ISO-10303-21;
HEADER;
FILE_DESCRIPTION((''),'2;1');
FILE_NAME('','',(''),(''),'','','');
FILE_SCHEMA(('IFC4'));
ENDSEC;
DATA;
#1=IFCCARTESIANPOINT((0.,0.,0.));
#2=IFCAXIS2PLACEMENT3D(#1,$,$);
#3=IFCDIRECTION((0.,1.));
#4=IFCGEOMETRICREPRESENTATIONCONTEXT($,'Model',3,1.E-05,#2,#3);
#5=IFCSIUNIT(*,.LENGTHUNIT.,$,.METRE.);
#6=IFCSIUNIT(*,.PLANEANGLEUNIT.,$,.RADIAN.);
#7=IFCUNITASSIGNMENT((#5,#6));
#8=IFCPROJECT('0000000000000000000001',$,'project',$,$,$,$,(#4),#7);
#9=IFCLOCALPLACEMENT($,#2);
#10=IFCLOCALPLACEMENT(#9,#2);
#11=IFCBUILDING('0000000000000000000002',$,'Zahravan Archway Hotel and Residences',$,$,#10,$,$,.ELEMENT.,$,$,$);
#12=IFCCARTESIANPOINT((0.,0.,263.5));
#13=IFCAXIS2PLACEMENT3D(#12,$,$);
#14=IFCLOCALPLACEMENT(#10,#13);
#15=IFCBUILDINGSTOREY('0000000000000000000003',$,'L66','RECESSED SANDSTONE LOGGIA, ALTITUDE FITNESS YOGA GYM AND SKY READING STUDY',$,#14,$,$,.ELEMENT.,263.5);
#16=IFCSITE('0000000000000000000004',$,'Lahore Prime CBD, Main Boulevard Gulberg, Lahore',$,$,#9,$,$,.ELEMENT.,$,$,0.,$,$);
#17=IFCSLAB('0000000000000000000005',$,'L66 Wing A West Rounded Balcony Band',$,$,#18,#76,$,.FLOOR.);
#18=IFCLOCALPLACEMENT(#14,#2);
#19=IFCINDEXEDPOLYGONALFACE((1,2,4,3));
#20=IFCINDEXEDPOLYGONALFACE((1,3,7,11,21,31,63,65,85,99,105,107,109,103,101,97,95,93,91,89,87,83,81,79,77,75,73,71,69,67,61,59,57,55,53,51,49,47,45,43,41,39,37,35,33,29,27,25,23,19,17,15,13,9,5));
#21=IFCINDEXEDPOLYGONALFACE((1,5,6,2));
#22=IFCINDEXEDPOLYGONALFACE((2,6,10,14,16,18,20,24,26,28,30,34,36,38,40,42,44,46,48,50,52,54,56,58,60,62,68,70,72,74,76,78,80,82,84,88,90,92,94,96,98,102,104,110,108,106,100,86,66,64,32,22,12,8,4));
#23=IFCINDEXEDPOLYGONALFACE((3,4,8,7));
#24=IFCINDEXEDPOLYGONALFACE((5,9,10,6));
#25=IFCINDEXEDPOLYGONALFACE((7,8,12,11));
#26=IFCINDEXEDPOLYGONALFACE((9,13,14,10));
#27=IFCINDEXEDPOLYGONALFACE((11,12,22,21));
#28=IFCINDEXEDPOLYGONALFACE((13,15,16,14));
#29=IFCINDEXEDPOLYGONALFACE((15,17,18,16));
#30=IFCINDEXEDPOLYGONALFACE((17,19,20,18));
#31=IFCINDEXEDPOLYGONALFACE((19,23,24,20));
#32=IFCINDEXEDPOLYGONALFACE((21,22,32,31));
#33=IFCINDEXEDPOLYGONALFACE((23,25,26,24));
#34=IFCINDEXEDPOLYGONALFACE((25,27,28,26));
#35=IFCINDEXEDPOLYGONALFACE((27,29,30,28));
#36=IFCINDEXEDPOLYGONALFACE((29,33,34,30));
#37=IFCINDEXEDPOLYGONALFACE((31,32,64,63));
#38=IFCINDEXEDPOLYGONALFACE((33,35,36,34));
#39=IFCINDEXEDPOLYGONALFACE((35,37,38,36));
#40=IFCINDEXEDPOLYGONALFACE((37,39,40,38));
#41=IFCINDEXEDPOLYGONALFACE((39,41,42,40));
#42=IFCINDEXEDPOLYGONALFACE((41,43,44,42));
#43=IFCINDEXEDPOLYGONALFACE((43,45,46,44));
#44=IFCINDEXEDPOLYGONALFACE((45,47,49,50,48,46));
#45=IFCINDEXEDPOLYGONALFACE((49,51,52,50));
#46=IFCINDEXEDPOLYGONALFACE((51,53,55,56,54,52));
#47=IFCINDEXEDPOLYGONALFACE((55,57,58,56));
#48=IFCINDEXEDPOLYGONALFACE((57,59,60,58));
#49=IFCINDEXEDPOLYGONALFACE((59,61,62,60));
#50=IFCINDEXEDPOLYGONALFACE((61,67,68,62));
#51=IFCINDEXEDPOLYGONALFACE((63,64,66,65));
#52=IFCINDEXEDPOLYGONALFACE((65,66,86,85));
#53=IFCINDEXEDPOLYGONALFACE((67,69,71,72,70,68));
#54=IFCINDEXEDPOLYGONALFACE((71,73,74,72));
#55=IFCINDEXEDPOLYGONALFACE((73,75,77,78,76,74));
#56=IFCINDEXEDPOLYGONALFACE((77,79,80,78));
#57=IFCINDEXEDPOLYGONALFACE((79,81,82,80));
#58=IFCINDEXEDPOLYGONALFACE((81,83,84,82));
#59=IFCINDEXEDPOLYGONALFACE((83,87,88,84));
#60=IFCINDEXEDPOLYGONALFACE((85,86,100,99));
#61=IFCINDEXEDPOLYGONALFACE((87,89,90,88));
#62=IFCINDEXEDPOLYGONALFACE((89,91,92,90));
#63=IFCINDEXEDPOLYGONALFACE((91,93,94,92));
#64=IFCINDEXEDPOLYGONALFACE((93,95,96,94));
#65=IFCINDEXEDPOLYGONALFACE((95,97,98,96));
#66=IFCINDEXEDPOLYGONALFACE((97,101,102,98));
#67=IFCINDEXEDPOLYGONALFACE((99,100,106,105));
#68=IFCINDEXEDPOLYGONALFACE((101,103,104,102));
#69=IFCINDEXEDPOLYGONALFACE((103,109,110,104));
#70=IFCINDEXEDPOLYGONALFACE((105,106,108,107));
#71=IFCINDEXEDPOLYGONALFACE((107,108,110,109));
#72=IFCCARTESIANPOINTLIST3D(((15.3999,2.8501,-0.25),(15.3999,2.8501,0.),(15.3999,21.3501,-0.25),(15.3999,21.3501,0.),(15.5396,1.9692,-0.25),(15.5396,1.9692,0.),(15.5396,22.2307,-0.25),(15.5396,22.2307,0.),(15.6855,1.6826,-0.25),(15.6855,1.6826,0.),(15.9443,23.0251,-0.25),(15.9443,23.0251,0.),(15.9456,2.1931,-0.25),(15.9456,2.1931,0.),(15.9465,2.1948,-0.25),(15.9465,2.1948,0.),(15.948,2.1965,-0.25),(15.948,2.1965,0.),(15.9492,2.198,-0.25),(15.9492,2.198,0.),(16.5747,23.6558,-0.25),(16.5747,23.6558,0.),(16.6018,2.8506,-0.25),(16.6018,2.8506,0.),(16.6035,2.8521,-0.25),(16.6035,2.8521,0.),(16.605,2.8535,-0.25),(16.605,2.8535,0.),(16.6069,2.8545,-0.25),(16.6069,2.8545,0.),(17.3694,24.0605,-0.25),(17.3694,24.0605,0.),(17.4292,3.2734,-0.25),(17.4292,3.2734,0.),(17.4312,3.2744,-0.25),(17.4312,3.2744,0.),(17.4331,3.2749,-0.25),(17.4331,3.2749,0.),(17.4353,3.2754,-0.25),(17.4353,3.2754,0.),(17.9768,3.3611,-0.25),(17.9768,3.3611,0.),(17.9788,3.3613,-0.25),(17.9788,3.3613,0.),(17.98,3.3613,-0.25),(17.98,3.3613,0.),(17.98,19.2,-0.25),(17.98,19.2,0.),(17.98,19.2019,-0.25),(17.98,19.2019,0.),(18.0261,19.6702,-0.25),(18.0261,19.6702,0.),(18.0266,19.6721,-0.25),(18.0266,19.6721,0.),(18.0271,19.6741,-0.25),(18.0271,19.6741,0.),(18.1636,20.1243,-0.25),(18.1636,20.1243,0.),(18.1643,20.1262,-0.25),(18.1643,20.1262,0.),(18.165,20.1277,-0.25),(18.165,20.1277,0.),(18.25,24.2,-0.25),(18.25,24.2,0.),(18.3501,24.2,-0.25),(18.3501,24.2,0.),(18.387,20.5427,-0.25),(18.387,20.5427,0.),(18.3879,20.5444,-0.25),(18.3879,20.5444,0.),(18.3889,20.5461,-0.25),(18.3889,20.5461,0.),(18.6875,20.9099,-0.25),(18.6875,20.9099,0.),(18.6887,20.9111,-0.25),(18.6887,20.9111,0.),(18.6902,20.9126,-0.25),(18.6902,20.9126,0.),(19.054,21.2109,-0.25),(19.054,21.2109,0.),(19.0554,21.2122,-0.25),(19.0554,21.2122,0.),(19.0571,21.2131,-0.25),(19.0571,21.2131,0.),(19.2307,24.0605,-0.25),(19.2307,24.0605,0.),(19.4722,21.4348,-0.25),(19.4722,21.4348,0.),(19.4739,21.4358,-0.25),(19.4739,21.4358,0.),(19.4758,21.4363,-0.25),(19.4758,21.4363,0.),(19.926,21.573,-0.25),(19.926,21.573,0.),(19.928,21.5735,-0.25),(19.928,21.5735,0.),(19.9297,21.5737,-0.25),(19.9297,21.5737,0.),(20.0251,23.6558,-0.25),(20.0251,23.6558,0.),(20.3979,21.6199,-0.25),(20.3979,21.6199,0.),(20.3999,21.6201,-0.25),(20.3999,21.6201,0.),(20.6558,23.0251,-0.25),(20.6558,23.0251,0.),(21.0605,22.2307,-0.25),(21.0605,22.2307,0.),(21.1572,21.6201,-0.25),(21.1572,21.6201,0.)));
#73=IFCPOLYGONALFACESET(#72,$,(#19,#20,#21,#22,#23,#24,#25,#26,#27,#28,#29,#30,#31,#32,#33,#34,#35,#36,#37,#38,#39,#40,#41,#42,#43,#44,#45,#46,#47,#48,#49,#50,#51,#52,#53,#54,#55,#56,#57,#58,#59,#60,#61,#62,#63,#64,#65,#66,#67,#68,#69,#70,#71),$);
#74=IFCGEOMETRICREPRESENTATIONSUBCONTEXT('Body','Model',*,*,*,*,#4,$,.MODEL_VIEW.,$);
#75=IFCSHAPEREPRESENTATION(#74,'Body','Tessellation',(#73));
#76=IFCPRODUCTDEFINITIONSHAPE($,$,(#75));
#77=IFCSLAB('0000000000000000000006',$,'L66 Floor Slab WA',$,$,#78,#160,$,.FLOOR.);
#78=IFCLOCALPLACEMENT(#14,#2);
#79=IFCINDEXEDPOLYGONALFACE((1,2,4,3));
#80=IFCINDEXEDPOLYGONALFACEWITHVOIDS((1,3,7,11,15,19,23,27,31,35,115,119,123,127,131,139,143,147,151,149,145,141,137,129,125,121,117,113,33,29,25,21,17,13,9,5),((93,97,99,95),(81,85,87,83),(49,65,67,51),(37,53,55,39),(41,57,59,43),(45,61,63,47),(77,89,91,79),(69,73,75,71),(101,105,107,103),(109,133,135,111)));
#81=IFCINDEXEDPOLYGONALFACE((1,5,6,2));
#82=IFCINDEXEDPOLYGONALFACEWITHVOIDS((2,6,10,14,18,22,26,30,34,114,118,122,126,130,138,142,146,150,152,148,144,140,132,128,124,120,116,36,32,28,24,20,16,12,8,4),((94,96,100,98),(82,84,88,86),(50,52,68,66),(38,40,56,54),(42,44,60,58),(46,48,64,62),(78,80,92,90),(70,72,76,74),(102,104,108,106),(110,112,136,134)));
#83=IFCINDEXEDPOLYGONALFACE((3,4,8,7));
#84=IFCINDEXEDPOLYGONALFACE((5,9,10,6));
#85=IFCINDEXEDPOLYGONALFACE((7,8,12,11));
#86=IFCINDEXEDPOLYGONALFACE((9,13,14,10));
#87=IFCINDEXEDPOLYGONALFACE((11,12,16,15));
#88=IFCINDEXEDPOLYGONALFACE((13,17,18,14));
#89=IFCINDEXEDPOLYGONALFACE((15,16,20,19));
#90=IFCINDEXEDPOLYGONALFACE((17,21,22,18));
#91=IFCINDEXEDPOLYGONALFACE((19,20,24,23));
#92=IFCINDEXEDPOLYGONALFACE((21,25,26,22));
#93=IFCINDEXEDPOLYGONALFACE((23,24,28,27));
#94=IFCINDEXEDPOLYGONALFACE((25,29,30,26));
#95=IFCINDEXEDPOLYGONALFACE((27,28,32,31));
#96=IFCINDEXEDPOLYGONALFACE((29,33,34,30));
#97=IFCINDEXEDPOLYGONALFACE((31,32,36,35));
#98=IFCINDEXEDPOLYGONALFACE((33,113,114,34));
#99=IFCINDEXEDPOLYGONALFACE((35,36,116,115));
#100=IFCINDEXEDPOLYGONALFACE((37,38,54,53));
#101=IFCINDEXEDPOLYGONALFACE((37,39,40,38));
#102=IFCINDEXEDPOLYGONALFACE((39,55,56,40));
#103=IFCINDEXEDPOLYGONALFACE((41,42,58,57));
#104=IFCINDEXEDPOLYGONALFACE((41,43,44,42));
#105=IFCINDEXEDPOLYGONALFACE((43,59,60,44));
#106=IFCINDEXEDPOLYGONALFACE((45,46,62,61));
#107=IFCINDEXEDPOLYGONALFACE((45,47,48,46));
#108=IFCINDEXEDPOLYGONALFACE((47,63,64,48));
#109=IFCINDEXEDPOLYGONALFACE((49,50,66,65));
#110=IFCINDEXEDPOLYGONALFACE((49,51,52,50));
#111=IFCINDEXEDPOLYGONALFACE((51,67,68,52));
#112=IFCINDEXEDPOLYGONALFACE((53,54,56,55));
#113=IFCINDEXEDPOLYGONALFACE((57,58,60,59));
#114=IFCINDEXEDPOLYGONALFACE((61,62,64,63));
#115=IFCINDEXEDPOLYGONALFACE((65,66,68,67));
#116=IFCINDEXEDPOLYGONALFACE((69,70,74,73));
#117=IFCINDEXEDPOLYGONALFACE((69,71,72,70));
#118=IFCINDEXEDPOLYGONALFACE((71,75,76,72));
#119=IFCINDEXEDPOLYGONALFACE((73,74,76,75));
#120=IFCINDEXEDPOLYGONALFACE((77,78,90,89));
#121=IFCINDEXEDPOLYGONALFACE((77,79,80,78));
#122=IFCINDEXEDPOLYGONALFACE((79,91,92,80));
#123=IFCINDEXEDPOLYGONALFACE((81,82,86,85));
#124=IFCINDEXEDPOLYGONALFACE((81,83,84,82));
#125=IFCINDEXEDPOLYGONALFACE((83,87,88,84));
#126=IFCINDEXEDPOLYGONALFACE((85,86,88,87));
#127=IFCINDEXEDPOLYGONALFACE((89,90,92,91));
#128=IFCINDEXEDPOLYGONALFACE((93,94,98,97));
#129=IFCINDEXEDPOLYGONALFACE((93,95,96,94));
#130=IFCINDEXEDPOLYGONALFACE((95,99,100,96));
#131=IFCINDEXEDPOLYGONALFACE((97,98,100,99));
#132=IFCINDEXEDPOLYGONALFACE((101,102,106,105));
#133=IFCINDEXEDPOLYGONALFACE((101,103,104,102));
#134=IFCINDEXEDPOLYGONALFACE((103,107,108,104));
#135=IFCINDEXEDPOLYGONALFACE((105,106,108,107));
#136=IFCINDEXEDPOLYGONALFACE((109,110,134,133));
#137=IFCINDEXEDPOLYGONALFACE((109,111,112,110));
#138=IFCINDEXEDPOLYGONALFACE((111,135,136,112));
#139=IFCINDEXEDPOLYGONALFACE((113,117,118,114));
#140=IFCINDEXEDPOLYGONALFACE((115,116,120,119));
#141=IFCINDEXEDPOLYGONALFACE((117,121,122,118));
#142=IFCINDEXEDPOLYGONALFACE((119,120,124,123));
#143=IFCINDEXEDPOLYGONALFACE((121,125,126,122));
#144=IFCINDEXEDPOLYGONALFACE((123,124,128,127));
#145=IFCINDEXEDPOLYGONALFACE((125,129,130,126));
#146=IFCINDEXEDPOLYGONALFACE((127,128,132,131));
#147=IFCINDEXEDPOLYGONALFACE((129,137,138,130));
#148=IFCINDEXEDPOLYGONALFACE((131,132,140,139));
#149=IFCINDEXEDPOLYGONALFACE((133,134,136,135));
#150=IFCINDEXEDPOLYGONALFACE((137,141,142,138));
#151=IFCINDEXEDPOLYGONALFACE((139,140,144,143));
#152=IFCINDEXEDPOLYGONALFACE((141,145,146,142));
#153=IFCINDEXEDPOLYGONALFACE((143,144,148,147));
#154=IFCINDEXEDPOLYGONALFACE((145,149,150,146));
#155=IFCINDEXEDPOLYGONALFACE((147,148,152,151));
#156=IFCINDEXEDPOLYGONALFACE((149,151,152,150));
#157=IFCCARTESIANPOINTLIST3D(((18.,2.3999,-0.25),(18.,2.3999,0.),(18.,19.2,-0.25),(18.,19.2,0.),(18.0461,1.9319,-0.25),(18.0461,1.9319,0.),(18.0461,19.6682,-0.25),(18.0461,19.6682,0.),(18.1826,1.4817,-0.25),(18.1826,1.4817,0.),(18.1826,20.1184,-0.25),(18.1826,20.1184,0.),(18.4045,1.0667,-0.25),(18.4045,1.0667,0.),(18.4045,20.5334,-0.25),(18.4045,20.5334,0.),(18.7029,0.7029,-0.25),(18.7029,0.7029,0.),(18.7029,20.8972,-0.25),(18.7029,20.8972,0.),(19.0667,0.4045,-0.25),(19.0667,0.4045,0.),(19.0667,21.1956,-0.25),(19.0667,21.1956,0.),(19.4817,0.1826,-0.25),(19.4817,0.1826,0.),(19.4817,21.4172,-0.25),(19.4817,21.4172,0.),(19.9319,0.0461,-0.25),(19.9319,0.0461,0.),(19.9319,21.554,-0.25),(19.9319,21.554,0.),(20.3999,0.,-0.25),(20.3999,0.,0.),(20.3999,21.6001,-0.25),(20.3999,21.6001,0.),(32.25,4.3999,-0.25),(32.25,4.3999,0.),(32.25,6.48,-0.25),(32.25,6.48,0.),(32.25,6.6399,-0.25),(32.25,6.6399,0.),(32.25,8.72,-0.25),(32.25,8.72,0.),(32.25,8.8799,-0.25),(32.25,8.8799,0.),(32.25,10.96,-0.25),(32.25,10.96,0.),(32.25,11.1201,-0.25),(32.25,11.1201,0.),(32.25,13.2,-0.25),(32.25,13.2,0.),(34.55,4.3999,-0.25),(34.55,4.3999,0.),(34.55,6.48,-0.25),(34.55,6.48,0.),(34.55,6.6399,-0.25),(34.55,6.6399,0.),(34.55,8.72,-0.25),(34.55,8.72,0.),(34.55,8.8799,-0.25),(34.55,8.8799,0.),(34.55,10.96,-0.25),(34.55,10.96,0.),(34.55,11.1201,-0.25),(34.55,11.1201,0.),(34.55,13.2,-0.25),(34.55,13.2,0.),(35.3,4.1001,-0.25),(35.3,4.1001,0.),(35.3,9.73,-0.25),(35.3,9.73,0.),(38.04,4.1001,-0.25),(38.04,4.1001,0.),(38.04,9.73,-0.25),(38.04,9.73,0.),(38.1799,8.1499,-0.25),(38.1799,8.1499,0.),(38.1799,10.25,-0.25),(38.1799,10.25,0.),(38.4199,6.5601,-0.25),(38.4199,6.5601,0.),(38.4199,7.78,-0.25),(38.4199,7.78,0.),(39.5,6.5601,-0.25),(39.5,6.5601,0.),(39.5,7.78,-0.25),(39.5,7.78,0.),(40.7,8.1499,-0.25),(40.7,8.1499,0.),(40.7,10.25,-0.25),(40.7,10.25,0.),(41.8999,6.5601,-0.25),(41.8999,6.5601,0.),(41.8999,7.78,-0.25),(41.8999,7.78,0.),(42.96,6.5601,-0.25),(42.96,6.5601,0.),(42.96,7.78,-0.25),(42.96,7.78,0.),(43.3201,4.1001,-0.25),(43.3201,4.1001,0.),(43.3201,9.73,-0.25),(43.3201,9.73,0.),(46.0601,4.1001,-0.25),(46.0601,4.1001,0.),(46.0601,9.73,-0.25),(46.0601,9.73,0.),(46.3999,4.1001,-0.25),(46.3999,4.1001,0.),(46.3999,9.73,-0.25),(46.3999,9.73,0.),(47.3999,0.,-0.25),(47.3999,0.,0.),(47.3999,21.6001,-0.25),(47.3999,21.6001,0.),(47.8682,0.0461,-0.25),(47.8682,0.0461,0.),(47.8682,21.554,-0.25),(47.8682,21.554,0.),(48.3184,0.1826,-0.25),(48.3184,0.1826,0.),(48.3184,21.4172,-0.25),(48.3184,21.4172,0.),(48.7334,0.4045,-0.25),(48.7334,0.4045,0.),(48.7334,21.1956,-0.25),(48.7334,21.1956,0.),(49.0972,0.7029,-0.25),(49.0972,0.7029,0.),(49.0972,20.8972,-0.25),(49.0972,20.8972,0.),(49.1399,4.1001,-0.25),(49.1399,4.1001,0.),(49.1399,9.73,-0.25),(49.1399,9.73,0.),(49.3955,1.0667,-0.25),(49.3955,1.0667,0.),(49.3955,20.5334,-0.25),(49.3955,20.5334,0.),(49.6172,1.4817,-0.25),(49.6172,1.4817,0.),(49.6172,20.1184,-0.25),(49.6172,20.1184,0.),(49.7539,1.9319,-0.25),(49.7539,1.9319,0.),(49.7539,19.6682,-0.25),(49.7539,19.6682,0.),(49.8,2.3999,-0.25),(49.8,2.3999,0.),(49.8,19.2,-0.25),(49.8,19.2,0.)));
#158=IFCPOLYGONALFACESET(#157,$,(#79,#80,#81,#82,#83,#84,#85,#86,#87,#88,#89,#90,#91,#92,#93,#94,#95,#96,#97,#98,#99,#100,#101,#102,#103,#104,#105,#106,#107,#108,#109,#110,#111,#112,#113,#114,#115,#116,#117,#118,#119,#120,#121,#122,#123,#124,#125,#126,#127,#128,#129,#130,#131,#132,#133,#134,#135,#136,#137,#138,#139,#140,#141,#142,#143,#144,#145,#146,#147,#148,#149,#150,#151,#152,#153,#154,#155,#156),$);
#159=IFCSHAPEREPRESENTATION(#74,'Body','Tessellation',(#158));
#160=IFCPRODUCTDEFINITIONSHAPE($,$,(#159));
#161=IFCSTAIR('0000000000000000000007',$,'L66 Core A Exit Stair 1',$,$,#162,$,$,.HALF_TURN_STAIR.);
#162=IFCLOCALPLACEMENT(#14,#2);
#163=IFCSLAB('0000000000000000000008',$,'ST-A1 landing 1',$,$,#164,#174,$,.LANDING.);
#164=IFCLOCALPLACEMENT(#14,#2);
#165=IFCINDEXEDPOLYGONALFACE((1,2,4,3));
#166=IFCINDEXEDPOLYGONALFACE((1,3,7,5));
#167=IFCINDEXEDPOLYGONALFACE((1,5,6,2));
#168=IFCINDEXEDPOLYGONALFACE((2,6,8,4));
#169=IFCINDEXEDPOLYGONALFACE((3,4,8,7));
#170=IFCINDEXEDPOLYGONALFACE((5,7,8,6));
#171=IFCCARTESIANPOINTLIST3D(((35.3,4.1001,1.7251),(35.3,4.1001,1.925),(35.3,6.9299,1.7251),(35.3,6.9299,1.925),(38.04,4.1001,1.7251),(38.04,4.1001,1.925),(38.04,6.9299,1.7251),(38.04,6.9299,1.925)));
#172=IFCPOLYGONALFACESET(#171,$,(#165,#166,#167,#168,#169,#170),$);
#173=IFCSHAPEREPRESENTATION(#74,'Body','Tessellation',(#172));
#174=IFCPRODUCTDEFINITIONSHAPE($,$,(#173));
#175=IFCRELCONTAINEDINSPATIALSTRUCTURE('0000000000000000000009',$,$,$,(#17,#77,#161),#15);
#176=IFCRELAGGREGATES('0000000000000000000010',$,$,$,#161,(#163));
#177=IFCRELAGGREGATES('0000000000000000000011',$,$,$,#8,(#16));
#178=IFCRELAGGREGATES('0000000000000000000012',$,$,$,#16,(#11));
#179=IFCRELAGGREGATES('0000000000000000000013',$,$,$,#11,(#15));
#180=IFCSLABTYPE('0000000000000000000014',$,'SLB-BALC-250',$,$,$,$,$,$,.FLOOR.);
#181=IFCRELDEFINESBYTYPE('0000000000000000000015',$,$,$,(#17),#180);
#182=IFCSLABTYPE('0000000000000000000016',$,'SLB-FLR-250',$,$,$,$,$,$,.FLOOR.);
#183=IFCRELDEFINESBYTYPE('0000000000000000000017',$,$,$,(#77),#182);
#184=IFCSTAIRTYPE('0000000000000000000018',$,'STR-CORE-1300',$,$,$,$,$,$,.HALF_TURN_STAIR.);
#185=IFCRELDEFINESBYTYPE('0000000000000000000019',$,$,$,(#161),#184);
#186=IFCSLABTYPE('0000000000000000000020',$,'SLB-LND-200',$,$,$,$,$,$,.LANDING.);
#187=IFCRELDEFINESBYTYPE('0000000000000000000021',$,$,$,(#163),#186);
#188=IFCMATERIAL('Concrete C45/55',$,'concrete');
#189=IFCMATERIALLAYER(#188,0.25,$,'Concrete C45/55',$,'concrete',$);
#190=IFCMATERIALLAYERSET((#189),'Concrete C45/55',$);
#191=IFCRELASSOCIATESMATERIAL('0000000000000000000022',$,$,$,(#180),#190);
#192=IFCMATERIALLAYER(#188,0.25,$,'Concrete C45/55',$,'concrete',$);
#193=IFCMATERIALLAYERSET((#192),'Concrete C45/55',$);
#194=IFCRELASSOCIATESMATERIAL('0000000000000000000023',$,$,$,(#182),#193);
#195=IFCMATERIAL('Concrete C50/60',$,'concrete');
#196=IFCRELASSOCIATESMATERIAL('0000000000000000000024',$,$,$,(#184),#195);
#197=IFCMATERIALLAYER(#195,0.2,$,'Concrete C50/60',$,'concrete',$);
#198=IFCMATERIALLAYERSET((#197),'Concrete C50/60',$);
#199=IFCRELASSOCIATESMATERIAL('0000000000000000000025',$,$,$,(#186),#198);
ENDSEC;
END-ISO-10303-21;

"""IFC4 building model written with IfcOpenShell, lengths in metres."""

from ifc_helpers import new_model, si_unit, direction, frame, origin, place, context, subcontext, project, spatial, polyline, outline, extrude, material, layer, layer_set, type_object, element, aggregate, save


model = new_model("IFC4")

# Units and contexts
model_context = context("Model", 3, precision=1e-05, world=origin(), true_north=direction((0.0, 1.0)))
body_context = subcontext(model_context, "Body", "Model", "MODEL_VIEW")
ifc_project = project(units=[si_unit("LENGTHUNIT", "METRE"), si_unit("PLANEANGLEUNIT", "RADIAN")], contexts=[model_context])

# Site, building, storey
site_placement = place(None, origin())
site = spatial("IfcSite", under=ifc_project, at=site_placement, Name="Lahore Prime CBD, Main Boulevard Gulberg, Lahore", CompositionType="ELEMENT", RefElevation=0.0)
building_placement = place(site_placement, origin())
building = spatial("IfcBuilding", under=site, at=building_placement, Name="Zahravan Archway Hotel and Residences", CompositionType="ELEMENT")
storey_placement = place(building_placement, frame((0.0, 0.0, 263.5)))
storey = spatial("IfcBuildingStorey", under=building, at=storey_placement, Name="L66", Description="RECESSED SANDSTONE LOGGIA, ALTITUDE FITNESS YOGA GYM AND SKY READING STUDY", CompositionType="ELEMENT", Elevation=263.5)

# Slabs
ifc_material_1 = material(Name="Concrete C45/55", Category="concrete")
ifc_layer_1 = layer(ifc_material_1, 0.25, Name="Concrete C45/55", Category="concrete")
ifc_layer_set_1 = layer_set([ifc_layer_1], Name="Concrete C45/55")
slab_type_1 = type_object("IfcSlabType", Name="SLB-BALC-250", PredefinedType="FLOOR", material=ifc_layer_set_1)
slab_1_placement = place(storey_placement, frame((0.0, 0.0, -0.25)))
element("IfcSlab", 1, at=slab_1_placement, inside=storey, type_object=slab_type_1, Name="L66 Wing A West Rounded Balcony Band", PredefinedType="FLOOR", context=body_context, shape_type="SweptSolid", body=[
    extrude(outline(polyline([(15.5396, 1.9692), (15.3999, 2.8501), (15.3999, 21.3501), (15.5396, 22.2307), (15.9443, 23.0251), (16.5747, 23.6558), (17.3694, 24.0605), (18.25, 24.2), (18.3501, 24.2), (19.2307, 24.0605), (20.0251, 23.6558), (20.6558, 23.0251), (21.0605, 22.2307), (21.1572, 21.6201), (20.3999, 21.6201), (20.3979, 21.6199), (19.9297, 21.5737), (19.928, 21.5735), (19.926, 21.573), (19.4758, 21.4363), (19.4739, 21.4358), (19.4722, 21.4348), (19.0571, 21.2131), (19.0554, 21.2122), (19.054, 21.2109), (18.6902, 20.9126), (18.6887, 20.9111), (18.6875, 20.9099), (18.3889, 20.5461), (18.3879, 20.5444), (18.387, 20.5427), (18.165, 20.1277), (18.1643, 20.1262), (18.1636, 20.1243), (18.0271, 19.6741), (18.0266, 19.6721), (18.0261, 19.6702), (17.98, 19.2019), (17.98, 19.2), (17.98, 3.3613), (17.9788, 3.3613), (17.9768, 3.3611), (17.4353, 3.2754), (17.4331, 3.2749), (17.4312, 3.2744), (17.4292, 3.2734), (16.6069, 2.8545), (16.605, 2.8535), (16.6035, 2.8521), (16.6018, 2.8506), (15.9492, 2.198), (15.948, 2.1965), (15.9465, 2.1948), (15.9456, 2.1931), (15.6855, 1.6826), (15.5396, 1.9692)])), origin(), (0.0, 0.0, 1.0), 0.25),
])
ifc_layer_2 = layer(ifc_material_1, 0.25, Name="Concrete C45/55", Category="concrete")
ifc_layer_set_2 = layer_set([ifc_layer_2], Name="Concrete C45/55")
slab_type_2 = type_object("IfcSlabType", Name="SLB-FLR-250", PredefinedType="FLOOR", material=ifc_layer_set_2)
slab_2_placement = place(storey_placement, frame((0.0, 0.0, -0.25)))
element("IfcSlab", 2, at=slab_2_placement, inside=storey, type_object=slab_type_2, Name="L66 Floor Slab WA", PredefinedType="FLOOR", context=body_context, shape_type="SweptSolid", body=[
    extrude(outline(polyline([(47.3999, 0.0), (47.8682, 0.0461), (48.3184, 0.1826), (48.7334, 0.4045), (49.0972, 0.7029), (49.3955, 1.0667), (49.6172, 1.4817), (49.7539, 1.9319), (49.8, 2.3999), (49.8, 19.2), (49.7539, 19.6682), (49.6172, 20.1184), (49.3955, 20.5334), (49.0972, 20.8972), (48.7334, 21.1956), (48.3184, 21.4172), (47.8682, 21.554), (47.3999, 21.6001), (20.3999, 21.6001), (19.9319, 21.554), (19.4817, 21.4172), (19.0667, 21.1956), (18.7029, 20.8972), (18.4045, 20.5334), (18.1826, 20.1184), (18.0461, 19.6682), (18.0, 19.2), (18.0, 2.3999), (18.0461, 1.9319), (18.1826, 1.4817), (18.4045, 1.0667), (18.7029, 0.7029), (19.0667, 0.4045), (19.4817, 0.1826), (19.9319, 0.0461), (20.3999, 0.0), (47.3999, 0.0)]), holes=[polyline([(35.3, 9.73), (35.3, 4.1001), (38.04, 4.1001), (38.04, 9.73), (35.3, 9.73)]), polyline([(43.3201, 9.73), (43.3201, 4.1001), (46.0601, 4.1001), (46.0601, 9.73), (43.3201, 9.73)]), polyline([(46.3999, 9.73), (46.3999, 4.1001), (49.1399, 4.1001), (49.1399, 9.73), (46.3999, 9.73)]), polyline([(38.1799, 8.1499), (40.7, 8.1499), (40.7, 10.25), (38.1799, 10.25), (38.1799, 8.1499)]), polyline([(32.25, 4.3999), (34.55, 4.3999), (34.55, 6.48), (32.25, 6.48), (32.25, 4.3999)]), polyline([(32.25, 6.6399), (34.55, 6.6399), (34.55, 8.72), (32.25, 8.72), (32.25, 6.6399)]), polyline([(32.25, 8.8799), (34.55, 8.8799), (34.55, 10.96), (32.25, 10.96), (32.25, 8.8799)]), polyline([(32.25, 11.1201), (34.55, 11.1201), (34.55, 13.2), (32.25, 13.2), (32.25, 11.1201)]), polyline([(38.4199, 6.5601), (39.5, 6.5601), (39.5, 7.78), (38.4199, 7.78), (38.4199, 6.5601)]), polyline([(41.8999, 6.5601), (42.96, 6.5601), (42.96, 7.78), (41.8999, 7.78), (41.8999, 6.5601)])]), origin(), (0.0, 0.0, 1.0), 0.25),
])

# Stair, slab
ifc_material_2 = material(Name="Concrete C50/60", Category="concrete")
stair_type = type_object("IfcStairType", Name="STR-CORE-1300", PredefinedType="HALF_TURN_STAIR", material=ifc_material_2)
stair_1_placement = place(storey_placement, origin())
stair_1 = element("IfcStair", 3, at=stair_1_placement, inside=storey, type_object=stair_type, Name="L66 Core A Exit Stair 1", PredefinedType="HALF_TURN_STAIR")
ifc_layer_3 = layer(ifc_material_2, 0.2, Name="Concrete C50/60", Category="concrete")
ifc_layer_set_3 = layer_set([ifc_layer_3], Name="Concrete C50/60")
slab_type_3 = type_object("IfcSlabType", Name="SLB-LND-200", PredefinedType="LANDING", material=ifc_layer_set_3)
slab_3_placement = place(storey_placement, frame((0.0, 0.0, 1.7251)))
slab_3 = element("IfcSlab", 4, at=slab_3_placement, type_object=slab_type_3, Name="ST-A1 landing 1", PredefinedType="LANDING", context=body_context, shape_type="SweptSolid", body=[
    extrude(outline(polyline([(35.3, 6.9299), (35.3, 4.1001), (38.04, 4.1001), (38.04, 6.9299), (35.3, 6.9299)])), origin(), (0.0, 0.0, 1.0), 0.2),
])
aggregate(stair_1, [slab_3])

save(model, "model.ifc")
